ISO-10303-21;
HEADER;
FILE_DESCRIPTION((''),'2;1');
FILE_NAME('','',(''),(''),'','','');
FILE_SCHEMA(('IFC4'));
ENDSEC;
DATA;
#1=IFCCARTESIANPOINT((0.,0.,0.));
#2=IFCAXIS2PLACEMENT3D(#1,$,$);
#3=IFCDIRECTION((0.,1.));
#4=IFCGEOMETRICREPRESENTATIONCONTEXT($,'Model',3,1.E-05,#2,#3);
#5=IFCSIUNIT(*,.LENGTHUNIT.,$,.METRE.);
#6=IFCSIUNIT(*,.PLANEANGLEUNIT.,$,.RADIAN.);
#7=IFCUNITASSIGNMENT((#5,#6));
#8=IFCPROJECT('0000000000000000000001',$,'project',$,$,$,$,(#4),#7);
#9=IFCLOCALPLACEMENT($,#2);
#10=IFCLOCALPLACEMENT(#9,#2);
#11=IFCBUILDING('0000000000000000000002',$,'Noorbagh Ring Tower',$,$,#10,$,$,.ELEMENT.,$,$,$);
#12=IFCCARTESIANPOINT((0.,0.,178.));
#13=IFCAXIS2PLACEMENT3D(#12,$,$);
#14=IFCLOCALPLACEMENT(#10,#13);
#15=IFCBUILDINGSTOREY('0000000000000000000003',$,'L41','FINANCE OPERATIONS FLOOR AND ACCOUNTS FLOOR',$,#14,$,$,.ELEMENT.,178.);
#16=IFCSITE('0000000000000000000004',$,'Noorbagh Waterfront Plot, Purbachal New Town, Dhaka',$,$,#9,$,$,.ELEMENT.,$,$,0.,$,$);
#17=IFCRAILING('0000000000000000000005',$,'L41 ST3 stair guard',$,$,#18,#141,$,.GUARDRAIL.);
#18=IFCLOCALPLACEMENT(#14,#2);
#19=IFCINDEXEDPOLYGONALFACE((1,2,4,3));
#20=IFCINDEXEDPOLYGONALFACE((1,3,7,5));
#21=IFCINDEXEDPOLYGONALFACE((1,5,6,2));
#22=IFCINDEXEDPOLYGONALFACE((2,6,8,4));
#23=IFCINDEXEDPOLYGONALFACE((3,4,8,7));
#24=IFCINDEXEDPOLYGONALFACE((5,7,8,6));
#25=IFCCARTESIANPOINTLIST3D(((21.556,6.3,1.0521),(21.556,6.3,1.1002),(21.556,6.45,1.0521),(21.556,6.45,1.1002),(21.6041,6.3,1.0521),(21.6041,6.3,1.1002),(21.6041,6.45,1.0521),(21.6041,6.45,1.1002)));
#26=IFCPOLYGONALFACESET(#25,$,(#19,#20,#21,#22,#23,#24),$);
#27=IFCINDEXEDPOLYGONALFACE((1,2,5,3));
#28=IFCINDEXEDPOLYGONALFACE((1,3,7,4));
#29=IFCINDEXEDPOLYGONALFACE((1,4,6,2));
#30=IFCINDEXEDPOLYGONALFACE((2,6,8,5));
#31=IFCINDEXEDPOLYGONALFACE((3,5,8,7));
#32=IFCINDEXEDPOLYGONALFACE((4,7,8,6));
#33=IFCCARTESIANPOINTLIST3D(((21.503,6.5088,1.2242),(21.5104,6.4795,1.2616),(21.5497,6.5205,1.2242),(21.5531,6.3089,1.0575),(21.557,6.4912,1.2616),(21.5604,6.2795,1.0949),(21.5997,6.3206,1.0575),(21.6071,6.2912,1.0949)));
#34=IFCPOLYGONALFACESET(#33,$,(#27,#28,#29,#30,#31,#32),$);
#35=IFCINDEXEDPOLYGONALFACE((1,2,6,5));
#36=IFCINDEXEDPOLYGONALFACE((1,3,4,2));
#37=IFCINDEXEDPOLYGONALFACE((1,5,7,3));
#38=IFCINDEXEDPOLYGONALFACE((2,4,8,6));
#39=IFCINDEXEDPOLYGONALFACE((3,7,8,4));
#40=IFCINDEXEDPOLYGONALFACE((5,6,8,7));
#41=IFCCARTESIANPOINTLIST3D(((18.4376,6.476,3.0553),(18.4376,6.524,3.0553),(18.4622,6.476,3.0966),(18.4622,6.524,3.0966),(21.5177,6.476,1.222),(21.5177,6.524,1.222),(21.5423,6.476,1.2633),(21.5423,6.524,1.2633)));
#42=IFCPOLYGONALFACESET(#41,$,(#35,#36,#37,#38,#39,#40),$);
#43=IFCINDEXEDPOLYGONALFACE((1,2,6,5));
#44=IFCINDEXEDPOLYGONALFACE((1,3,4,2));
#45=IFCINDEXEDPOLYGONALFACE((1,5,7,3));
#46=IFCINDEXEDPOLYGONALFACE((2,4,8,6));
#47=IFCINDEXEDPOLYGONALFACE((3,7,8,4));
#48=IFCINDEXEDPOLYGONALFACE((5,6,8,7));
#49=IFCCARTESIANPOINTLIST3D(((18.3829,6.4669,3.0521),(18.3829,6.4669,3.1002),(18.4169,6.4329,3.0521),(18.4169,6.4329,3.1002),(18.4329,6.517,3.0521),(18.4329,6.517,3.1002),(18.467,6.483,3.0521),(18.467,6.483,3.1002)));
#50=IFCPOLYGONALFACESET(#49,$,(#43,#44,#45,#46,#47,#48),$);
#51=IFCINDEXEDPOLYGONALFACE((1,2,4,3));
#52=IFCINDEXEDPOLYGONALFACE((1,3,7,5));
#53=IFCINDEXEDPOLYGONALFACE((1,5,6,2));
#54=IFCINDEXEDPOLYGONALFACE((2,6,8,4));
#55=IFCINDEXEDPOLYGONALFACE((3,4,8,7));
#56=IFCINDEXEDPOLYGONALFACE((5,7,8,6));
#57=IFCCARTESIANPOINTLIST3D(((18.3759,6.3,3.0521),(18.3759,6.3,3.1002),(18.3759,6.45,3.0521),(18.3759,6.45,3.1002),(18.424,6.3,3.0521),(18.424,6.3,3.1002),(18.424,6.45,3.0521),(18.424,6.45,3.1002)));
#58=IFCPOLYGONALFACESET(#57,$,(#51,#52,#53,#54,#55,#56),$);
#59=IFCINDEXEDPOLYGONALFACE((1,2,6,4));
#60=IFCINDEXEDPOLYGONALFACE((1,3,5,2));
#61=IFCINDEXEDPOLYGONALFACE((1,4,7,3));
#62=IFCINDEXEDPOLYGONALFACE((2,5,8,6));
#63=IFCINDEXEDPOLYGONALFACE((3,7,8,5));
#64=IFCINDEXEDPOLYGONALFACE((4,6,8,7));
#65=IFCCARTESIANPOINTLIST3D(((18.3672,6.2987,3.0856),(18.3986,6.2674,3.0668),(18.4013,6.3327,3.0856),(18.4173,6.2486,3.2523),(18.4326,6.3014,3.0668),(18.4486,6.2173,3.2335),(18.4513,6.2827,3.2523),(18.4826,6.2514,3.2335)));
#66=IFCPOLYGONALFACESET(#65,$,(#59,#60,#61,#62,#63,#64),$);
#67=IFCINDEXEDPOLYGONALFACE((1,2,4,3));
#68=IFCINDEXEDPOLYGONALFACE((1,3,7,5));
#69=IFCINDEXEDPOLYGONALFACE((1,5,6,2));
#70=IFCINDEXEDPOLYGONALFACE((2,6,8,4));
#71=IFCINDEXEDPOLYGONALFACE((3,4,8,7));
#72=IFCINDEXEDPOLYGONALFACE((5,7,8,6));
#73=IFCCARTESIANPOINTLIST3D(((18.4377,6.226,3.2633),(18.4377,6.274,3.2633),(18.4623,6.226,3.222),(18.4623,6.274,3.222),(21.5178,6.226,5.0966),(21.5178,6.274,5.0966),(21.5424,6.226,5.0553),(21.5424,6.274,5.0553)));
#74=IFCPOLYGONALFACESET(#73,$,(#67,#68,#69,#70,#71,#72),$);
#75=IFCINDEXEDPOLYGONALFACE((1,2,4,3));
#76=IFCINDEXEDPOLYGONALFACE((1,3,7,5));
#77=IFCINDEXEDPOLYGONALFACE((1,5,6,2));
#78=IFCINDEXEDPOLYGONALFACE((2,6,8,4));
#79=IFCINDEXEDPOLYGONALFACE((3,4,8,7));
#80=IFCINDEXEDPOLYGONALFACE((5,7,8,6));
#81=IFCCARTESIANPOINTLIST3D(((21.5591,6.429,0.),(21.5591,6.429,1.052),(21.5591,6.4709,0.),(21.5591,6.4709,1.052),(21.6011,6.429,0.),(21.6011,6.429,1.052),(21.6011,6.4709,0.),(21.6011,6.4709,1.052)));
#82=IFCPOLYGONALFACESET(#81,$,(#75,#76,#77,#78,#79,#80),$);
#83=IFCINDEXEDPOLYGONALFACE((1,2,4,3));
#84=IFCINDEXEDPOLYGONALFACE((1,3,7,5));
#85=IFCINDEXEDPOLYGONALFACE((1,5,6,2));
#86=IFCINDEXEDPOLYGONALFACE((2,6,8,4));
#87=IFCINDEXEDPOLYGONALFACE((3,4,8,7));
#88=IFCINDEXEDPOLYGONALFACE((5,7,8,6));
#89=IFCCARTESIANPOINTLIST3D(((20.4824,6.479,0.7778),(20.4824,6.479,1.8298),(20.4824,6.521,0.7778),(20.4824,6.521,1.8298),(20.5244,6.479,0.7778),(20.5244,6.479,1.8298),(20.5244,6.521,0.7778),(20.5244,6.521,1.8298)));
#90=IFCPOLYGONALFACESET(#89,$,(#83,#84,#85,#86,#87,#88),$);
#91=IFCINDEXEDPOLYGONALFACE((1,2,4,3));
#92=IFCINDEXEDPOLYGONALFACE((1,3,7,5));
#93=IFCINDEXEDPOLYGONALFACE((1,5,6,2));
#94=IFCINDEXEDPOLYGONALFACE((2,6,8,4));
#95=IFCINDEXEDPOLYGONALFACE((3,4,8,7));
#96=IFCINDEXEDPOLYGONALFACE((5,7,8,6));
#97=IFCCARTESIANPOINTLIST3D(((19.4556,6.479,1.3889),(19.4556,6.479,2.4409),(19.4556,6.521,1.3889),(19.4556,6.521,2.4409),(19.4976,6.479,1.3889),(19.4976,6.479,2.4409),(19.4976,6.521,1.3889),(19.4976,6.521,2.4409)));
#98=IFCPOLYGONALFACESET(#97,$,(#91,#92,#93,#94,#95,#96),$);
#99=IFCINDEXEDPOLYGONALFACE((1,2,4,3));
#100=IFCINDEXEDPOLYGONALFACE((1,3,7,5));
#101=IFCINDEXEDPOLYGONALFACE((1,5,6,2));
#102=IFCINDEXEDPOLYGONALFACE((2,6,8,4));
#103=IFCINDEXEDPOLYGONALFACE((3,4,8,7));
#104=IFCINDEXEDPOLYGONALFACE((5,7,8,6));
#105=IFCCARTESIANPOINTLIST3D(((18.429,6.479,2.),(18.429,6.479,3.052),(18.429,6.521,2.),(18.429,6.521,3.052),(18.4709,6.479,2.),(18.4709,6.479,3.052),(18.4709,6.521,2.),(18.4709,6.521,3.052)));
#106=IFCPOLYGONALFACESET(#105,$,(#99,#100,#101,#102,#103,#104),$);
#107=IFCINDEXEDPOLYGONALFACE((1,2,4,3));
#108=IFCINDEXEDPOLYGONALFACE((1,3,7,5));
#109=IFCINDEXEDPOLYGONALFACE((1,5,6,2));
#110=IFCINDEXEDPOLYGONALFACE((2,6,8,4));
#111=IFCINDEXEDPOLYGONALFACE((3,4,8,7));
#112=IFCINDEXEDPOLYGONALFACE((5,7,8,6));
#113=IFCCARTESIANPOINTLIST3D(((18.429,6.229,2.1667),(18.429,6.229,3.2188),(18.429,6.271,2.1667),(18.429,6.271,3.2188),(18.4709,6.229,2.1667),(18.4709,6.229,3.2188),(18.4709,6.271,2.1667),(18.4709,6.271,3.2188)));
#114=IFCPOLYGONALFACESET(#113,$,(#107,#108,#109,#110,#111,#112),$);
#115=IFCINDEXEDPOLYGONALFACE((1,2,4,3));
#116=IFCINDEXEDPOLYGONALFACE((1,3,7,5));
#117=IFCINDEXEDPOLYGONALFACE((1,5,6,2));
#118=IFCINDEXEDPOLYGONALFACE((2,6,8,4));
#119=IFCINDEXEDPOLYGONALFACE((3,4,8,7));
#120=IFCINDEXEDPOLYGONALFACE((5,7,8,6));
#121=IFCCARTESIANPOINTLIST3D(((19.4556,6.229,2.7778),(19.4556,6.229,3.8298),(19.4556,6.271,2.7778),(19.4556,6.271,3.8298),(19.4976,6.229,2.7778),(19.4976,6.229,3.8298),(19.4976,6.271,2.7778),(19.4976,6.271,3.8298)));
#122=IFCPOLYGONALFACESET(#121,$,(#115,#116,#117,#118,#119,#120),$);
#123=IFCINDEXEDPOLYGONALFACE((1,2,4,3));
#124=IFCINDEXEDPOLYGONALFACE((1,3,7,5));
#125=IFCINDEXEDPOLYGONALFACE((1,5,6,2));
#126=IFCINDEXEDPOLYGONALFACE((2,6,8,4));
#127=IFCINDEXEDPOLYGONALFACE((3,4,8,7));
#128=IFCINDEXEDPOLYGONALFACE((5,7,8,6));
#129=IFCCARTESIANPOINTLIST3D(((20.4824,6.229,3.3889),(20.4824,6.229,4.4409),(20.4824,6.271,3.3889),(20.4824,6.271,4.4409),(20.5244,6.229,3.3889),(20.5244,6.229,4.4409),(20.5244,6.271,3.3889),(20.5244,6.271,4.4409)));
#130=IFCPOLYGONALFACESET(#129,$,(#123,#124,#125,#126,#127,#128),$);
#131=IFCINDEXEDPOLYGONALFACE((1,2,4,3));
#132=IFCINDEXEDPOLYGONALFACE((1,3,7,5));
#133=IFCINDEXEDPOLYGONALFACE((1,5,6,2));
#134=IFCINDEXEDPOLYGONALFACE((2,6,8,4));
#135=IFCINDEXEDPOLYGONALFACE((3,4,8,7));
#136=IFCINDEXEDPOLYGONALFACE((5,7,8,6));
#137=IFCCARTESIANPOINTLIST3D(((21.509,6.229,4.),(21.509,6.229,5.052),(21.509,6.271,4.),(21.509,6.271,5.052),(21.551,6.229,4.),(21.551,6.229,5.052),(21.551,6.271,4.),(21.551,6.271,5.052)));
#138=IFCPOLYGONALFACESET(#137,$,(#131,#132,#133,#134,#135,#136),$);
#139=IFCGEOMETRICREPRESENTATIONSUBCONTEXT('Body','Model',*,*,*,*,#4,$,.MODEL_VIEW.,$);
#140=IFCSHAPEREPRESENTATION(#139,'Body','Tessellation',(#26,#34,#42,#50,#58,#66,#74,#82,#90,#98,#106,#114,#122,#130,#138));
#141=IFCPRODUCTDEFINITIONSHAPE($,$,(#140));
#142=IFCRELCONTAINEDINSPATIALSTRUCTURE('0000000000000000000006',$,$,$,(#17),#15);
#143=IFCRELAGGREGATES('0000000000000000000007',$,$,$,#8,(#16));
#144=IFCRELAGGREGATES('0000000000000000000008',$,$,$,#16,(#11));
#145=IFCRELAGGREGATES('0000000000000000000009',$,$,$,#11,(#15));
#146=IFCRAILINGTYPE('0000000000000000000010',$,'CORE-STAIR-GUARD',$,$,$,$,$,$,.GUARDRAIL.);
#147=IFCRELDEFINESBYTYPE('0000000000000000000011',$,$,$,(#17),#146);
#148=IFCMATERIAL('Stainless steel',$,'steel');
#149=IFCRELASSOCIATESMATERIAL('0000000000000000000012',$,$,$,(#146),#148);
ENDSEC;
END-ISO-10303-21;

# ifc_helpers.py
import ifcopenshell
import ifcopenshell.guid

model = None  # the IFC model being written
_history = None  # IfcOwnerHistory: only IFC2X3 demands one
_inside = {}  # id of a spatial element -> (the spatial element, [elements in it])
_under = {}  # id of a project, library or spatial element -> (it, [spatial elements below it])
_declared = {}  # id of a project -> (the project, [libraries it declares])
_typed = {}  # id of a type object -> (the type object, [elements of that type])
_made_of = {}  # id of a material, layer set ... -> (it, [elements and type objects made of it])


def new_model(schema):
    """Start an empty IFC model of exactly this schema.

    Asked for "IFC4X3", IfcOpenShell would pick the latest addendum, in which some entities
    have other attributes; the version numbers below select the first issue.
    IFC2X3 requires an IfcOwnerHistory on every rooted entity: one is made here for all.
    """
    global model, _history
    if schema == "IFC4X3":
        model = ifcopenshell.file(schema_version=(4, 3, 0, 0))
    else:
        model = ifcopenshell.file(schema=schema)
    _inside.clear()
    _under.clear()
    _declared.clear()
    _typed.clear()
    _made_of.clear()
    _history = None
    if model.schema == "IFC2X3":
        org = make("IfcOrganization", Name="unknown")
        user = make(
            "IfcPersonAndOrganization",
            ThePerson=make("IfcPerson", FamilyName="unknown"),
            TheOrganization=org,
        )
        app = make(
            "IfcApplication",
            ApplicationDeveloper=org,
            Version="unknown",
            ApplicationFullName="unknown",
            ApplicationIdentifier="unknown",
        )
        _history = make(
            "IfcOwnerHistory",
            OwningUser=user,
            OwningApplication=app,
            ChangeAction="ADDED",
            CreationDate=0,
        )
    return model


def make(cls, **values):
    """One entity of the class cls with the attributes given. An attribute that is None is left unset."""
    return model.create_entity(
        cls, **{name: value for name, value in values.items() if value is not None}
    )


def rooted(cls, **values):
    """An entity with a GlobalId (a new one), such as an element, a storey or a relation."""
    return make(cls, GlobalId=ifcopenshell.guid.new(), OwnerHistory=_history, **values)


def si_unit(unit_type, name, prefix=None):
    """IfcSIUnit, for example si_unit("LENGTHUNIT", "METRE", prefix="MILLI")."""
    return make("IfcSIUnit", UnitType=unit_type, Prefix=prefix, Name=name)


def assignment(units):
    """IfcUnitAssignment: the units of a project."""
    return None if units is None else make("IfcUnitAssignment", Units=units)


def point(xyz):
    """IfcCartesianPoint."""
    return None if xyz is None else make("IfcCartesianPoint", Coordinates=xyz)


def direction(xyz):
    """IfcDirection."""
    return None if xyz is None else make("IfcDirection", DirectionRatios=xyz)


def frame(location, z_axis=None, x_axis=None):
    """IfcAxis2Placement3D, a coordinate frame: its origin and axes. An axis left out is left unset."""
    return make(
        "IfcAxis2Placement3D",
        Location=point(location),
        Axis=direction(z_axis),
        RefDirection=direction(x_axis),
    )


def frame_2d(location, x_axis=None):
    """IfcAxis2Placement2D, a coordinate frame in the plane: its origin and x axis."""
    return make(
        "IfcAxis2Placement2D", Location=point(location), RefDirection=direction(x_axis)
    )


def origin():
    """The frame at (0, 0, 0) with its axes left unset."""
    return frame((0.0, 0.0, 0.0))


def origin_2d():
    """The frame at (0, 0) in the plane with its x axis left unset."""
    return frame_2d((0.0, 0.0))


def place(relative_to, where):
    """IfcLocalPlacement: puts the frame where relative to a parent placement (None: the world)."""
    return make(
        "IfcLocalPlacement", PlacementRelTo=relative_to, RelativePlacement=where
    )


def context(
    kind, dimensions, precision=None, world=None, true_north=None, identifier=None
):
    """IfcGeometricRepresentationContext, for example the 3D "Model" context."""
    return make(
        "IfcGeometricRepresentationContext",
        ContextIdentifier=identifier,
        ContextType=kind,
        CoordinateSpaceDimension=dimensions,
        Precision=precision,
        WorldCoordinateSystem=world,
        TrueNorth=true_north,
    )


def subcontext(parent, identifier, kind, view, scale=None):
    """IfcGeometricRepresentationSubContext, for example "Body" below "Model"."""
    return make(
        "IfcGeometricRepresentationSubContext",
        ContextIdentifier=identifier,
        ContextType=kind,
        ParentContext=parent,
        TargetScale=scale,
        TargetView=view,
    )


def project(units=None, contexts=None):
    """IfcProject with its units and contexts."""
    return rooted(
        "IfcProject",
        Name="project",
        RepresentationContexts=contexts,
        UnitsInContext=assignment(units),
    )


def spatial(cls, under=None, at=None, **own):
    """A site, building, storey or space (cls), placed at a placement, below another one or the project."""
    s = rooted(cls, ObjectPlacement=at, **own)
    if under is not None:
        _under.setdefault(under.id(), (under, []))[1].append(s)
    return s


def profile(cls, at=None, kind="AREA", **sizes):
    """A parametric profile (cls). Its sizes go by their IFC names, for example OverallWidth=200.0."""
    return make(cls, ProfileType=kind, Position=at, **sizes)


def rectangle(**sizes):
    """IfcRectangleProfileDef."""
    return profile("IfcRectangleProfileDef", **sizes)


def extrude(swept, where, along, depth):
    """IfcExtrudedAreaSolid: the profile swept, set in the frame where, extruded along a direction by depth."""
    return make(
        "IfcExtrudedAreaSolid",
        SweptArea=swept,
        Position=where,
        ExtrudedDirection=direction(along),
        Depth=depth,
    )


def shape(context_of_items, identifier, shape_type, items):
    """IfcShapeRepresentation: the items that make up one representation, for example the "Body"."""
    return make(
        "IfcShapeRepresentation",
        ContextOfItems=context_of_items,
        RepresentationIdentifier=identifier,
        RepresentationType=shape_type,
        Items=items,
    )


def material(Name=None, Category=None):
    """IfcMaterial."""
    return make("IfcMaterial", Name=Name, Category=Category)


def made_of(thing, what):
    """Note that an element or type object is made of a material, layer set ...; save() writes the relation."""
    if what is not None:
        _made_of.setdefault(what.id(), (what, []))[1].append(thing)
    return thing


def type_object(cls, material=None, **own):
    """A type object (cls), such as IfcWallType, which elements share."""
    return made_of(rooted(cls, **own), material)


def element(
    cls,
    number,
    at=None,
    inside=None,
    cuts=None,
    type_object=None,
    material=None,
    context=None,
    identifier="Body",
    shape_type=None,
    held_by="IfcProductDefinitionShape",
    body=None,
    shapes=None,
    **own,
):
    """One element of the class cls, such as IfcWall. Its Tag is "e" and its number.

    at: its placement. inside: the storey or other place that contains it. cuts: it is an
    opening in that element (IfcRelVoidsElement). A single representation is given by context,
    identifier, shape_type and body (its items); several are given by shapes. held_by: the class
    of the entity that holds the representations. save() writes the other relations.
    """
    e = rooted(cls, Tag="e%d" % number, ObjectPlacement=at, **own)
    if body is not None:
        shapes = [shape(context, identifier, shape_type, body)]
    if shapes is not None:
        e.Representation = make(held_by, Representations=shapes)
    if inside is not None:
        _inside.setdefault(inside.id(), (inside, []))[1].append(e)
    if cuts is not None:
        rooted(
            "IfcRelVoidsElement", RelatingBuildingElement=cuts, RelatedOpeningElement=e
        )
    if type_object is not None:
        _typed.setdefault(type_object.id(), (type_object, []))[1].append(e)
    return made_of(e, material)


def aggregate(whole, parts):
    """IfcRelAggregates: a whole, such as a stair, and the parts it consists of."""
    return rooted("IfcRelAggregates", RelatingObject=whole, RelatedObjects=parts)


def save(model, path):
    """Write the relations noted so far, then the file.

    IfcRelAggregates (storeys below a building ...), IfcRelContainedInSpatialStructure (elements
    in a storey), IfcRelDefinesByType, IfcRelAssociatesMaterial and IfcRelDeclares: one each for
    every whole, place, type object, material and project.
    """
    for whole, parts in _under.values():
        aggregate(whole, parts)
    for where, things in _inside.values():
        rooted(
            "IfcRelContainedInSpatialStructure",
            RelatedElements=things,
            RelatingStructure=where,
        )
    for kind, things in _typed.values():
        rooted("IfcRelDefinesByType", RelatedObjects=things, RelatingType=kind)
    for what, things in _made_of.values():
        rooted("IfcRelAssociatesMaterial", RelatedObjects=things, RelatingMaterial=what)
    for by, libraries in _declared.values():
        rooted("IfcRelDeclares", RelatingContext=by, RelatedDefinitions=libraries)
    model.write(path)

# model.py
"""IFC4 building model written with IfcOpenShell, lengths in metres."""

from ifc_helpers import new_model, si_unit, direction, frame, origin, origin_2d, place, context, subcontext, project, spatial, rectangle, extrude, material, type_object, element, save


model = new_model("IFC4")

# Units and contexts
model_context = context("Model", 3, precision=1e-05, world=origin(), true_north=direction((0.0, 1.0)))
body_context = subcontext(model_context, "Body", "Model", "MODEL_VIEW")
ifc_project = project(units=[si_unit("LENGTHUNIT", "METRE"), si_unit("PLANEANGLEUNIT", "RADIAN")], contexts=[model_context])

# Site, building, storey
site_placement = place(None, origin())
site = spatial("IfcSite", under=ifc_project, at=site_placement, Name="Noorbagh Waterfront Plot, Purbachal New Town, Dhaka", CompositionType="ELEMENT", RefElevation=0.0)
building_placement = place(site_placement, origin())
building = spatial("IfcBuilding", under=site, at=building_placement, Name="Noorbagh Ring Tower", CompositionType="ELEMENT")
storey_placement = place(building_placement, frame((0.0, 0.0, 178.0)))
storey = spatial("IfcBuildingStorey", under=building, at=storey_placement, Name="L41", Description="FINANCE OPERATIONS FLOOR AND ACCOUNTS FLOOR", CompositionType="ELEMENT", Elevation=178.0)

# Railing
ifc_material_1 = material(Name="Stainless steel", Category="steel")
railing_type = type_object("IfcRailingType", Name="CORE-STAIR-GUARD", PredefinedType="GUARDRAIL", material=ifc_material_1)
railing_placement = place(storey_placement, frame((21.5801, 6.45, 0.0)))
element("IfcRailing", 1, at=railing_placement, inside=storey, type_object=railing_type, Name="L41 ST3 stair guard", PredefinedType="GUARDRAIL", context=body_context, shape_type="SweptSolid", body=[
    extrude(rectangle(XDim=0.0481, YDim=0.0481, at=origin_2d()), frame((0.0, 0.0, 1.0762), z_axis=(0.0, -1.0, 0.0), x_axis=(1.0, 0.0, 0.0)), (0.0, 0.0, 1.0), 0.1499),
    extrude(rectangle(XDim=0.0481, YDim=0.0481, at=origin_2d()), frame((0.0, -0.1499, 1.0762), z_axis=(-0.188776, 0.754182, 0.628946), x_axis=(-0.970073, -0.242814, 0.0)), (0.0, 0.0, 1.0), 0.2651),
    extrude(rectangle(XDim=0.0481, YDim=0.0481, at=origin_2d()), frame((-0.05, 0.05, 1.2427), z_axis=(-0.859309, 0.0, 0.511458), x_axis=(0.0, -1.0, 0.0)), (0.0, 0.0, 1.0), 3.5845),
    extrude(rectangle(XDim=0.0481, YDim=0.0481, at=origin_2d()), frame((-3.1301, 0.05, 3.0762), z_axis=(-0.707107, -0.707107, 0.0), x_axis=(0.707107, -0.707107, 0.0)), (0.0, 0.0, 1.0), 0.0708),
    extrude(rectangle(XDim=0.0481, YDim=0.0481, at=origin_2d()), frame((-3.1802, 0.0, 3.0762), z_axis=(0.0, -1.0, 0.0), x_axis=(1.0, 0.0, 0.0)), (0.0, 0.0, 1.0), 0.1499),
    extrude(rectangle(XDim=0.0481, YDim=0.0481, at=origin_2d()), frame((-3.1802, -0.1499, 3.0762), z_axis=(0.276287, -0.276287, 0.920506), x_axis=(0.707107, 0.707107, 0.0)), (0.0, 0.0, 1.0), 0.1812),
    extrude(rectangle(XDim=0.0481, YDim=0.0481, at=origin_2d()), frame((-3.1301, -0.2, 3.2427), z_axis=(0.859309, 0.0, 0.511458), x_axis=(0.0, 1.0, 0.0)), (0.0, 0.0, 1.0), 3.5845),
    extrude(rectangle(XDim=0.042, YDim=0.042, at=origin_2d()), origin(), (0.0, 0.0, 1.0), 1.052),
    extrude(rectangle(XDim=0.042, YDim=0.042, at=origin_2d()), frame((-1.0767, 0.05, 0.7778)), (0.0, 0.0, 1.0), 1.052),
    extrude(rectangle(XDim=0.042, YDim=0.042, at=origin_2d()), frame((-2.1035, 0.05, 1.3889)), (0.0, 0.0, 1.0), 1.052),
    extrude(rectangle(XDim=0.042, YDim=0.042, at=origin_2d()), frame((-3.1301, 0.05, 2.0)), (0.0, 0.0, 1.0), 1.052),
    extrude(rectangle(XDim=0.042, YDim=0.042, at=origin_2d()), frame((-3.1301, -0.2, 2.1667)), (0.0, 0.0, 1.0), 1.052),
    extrude(rectangle(XDim=0.042, YDim=0.042, at=origin_2d()), frame((-2.1035, -0.2, 2.7778)), (0.0, 0.0, 1.0), 1.052),
    extrude(rectangle(XDim=0.042, YDim=0.042, at=origin_2d()), frame((-1.0767, -0.2, 3.3889)), (0.0, 0.0, 1.0), 1.052),
    extrude(rectangle(XDim=0.042, YDim=0.042, at=origin_2d()), frame((-0.05, -0.2, 4.0)), (0.0, 0.0, 1.0), 1.052),
])

save(model, "model.ifc")
